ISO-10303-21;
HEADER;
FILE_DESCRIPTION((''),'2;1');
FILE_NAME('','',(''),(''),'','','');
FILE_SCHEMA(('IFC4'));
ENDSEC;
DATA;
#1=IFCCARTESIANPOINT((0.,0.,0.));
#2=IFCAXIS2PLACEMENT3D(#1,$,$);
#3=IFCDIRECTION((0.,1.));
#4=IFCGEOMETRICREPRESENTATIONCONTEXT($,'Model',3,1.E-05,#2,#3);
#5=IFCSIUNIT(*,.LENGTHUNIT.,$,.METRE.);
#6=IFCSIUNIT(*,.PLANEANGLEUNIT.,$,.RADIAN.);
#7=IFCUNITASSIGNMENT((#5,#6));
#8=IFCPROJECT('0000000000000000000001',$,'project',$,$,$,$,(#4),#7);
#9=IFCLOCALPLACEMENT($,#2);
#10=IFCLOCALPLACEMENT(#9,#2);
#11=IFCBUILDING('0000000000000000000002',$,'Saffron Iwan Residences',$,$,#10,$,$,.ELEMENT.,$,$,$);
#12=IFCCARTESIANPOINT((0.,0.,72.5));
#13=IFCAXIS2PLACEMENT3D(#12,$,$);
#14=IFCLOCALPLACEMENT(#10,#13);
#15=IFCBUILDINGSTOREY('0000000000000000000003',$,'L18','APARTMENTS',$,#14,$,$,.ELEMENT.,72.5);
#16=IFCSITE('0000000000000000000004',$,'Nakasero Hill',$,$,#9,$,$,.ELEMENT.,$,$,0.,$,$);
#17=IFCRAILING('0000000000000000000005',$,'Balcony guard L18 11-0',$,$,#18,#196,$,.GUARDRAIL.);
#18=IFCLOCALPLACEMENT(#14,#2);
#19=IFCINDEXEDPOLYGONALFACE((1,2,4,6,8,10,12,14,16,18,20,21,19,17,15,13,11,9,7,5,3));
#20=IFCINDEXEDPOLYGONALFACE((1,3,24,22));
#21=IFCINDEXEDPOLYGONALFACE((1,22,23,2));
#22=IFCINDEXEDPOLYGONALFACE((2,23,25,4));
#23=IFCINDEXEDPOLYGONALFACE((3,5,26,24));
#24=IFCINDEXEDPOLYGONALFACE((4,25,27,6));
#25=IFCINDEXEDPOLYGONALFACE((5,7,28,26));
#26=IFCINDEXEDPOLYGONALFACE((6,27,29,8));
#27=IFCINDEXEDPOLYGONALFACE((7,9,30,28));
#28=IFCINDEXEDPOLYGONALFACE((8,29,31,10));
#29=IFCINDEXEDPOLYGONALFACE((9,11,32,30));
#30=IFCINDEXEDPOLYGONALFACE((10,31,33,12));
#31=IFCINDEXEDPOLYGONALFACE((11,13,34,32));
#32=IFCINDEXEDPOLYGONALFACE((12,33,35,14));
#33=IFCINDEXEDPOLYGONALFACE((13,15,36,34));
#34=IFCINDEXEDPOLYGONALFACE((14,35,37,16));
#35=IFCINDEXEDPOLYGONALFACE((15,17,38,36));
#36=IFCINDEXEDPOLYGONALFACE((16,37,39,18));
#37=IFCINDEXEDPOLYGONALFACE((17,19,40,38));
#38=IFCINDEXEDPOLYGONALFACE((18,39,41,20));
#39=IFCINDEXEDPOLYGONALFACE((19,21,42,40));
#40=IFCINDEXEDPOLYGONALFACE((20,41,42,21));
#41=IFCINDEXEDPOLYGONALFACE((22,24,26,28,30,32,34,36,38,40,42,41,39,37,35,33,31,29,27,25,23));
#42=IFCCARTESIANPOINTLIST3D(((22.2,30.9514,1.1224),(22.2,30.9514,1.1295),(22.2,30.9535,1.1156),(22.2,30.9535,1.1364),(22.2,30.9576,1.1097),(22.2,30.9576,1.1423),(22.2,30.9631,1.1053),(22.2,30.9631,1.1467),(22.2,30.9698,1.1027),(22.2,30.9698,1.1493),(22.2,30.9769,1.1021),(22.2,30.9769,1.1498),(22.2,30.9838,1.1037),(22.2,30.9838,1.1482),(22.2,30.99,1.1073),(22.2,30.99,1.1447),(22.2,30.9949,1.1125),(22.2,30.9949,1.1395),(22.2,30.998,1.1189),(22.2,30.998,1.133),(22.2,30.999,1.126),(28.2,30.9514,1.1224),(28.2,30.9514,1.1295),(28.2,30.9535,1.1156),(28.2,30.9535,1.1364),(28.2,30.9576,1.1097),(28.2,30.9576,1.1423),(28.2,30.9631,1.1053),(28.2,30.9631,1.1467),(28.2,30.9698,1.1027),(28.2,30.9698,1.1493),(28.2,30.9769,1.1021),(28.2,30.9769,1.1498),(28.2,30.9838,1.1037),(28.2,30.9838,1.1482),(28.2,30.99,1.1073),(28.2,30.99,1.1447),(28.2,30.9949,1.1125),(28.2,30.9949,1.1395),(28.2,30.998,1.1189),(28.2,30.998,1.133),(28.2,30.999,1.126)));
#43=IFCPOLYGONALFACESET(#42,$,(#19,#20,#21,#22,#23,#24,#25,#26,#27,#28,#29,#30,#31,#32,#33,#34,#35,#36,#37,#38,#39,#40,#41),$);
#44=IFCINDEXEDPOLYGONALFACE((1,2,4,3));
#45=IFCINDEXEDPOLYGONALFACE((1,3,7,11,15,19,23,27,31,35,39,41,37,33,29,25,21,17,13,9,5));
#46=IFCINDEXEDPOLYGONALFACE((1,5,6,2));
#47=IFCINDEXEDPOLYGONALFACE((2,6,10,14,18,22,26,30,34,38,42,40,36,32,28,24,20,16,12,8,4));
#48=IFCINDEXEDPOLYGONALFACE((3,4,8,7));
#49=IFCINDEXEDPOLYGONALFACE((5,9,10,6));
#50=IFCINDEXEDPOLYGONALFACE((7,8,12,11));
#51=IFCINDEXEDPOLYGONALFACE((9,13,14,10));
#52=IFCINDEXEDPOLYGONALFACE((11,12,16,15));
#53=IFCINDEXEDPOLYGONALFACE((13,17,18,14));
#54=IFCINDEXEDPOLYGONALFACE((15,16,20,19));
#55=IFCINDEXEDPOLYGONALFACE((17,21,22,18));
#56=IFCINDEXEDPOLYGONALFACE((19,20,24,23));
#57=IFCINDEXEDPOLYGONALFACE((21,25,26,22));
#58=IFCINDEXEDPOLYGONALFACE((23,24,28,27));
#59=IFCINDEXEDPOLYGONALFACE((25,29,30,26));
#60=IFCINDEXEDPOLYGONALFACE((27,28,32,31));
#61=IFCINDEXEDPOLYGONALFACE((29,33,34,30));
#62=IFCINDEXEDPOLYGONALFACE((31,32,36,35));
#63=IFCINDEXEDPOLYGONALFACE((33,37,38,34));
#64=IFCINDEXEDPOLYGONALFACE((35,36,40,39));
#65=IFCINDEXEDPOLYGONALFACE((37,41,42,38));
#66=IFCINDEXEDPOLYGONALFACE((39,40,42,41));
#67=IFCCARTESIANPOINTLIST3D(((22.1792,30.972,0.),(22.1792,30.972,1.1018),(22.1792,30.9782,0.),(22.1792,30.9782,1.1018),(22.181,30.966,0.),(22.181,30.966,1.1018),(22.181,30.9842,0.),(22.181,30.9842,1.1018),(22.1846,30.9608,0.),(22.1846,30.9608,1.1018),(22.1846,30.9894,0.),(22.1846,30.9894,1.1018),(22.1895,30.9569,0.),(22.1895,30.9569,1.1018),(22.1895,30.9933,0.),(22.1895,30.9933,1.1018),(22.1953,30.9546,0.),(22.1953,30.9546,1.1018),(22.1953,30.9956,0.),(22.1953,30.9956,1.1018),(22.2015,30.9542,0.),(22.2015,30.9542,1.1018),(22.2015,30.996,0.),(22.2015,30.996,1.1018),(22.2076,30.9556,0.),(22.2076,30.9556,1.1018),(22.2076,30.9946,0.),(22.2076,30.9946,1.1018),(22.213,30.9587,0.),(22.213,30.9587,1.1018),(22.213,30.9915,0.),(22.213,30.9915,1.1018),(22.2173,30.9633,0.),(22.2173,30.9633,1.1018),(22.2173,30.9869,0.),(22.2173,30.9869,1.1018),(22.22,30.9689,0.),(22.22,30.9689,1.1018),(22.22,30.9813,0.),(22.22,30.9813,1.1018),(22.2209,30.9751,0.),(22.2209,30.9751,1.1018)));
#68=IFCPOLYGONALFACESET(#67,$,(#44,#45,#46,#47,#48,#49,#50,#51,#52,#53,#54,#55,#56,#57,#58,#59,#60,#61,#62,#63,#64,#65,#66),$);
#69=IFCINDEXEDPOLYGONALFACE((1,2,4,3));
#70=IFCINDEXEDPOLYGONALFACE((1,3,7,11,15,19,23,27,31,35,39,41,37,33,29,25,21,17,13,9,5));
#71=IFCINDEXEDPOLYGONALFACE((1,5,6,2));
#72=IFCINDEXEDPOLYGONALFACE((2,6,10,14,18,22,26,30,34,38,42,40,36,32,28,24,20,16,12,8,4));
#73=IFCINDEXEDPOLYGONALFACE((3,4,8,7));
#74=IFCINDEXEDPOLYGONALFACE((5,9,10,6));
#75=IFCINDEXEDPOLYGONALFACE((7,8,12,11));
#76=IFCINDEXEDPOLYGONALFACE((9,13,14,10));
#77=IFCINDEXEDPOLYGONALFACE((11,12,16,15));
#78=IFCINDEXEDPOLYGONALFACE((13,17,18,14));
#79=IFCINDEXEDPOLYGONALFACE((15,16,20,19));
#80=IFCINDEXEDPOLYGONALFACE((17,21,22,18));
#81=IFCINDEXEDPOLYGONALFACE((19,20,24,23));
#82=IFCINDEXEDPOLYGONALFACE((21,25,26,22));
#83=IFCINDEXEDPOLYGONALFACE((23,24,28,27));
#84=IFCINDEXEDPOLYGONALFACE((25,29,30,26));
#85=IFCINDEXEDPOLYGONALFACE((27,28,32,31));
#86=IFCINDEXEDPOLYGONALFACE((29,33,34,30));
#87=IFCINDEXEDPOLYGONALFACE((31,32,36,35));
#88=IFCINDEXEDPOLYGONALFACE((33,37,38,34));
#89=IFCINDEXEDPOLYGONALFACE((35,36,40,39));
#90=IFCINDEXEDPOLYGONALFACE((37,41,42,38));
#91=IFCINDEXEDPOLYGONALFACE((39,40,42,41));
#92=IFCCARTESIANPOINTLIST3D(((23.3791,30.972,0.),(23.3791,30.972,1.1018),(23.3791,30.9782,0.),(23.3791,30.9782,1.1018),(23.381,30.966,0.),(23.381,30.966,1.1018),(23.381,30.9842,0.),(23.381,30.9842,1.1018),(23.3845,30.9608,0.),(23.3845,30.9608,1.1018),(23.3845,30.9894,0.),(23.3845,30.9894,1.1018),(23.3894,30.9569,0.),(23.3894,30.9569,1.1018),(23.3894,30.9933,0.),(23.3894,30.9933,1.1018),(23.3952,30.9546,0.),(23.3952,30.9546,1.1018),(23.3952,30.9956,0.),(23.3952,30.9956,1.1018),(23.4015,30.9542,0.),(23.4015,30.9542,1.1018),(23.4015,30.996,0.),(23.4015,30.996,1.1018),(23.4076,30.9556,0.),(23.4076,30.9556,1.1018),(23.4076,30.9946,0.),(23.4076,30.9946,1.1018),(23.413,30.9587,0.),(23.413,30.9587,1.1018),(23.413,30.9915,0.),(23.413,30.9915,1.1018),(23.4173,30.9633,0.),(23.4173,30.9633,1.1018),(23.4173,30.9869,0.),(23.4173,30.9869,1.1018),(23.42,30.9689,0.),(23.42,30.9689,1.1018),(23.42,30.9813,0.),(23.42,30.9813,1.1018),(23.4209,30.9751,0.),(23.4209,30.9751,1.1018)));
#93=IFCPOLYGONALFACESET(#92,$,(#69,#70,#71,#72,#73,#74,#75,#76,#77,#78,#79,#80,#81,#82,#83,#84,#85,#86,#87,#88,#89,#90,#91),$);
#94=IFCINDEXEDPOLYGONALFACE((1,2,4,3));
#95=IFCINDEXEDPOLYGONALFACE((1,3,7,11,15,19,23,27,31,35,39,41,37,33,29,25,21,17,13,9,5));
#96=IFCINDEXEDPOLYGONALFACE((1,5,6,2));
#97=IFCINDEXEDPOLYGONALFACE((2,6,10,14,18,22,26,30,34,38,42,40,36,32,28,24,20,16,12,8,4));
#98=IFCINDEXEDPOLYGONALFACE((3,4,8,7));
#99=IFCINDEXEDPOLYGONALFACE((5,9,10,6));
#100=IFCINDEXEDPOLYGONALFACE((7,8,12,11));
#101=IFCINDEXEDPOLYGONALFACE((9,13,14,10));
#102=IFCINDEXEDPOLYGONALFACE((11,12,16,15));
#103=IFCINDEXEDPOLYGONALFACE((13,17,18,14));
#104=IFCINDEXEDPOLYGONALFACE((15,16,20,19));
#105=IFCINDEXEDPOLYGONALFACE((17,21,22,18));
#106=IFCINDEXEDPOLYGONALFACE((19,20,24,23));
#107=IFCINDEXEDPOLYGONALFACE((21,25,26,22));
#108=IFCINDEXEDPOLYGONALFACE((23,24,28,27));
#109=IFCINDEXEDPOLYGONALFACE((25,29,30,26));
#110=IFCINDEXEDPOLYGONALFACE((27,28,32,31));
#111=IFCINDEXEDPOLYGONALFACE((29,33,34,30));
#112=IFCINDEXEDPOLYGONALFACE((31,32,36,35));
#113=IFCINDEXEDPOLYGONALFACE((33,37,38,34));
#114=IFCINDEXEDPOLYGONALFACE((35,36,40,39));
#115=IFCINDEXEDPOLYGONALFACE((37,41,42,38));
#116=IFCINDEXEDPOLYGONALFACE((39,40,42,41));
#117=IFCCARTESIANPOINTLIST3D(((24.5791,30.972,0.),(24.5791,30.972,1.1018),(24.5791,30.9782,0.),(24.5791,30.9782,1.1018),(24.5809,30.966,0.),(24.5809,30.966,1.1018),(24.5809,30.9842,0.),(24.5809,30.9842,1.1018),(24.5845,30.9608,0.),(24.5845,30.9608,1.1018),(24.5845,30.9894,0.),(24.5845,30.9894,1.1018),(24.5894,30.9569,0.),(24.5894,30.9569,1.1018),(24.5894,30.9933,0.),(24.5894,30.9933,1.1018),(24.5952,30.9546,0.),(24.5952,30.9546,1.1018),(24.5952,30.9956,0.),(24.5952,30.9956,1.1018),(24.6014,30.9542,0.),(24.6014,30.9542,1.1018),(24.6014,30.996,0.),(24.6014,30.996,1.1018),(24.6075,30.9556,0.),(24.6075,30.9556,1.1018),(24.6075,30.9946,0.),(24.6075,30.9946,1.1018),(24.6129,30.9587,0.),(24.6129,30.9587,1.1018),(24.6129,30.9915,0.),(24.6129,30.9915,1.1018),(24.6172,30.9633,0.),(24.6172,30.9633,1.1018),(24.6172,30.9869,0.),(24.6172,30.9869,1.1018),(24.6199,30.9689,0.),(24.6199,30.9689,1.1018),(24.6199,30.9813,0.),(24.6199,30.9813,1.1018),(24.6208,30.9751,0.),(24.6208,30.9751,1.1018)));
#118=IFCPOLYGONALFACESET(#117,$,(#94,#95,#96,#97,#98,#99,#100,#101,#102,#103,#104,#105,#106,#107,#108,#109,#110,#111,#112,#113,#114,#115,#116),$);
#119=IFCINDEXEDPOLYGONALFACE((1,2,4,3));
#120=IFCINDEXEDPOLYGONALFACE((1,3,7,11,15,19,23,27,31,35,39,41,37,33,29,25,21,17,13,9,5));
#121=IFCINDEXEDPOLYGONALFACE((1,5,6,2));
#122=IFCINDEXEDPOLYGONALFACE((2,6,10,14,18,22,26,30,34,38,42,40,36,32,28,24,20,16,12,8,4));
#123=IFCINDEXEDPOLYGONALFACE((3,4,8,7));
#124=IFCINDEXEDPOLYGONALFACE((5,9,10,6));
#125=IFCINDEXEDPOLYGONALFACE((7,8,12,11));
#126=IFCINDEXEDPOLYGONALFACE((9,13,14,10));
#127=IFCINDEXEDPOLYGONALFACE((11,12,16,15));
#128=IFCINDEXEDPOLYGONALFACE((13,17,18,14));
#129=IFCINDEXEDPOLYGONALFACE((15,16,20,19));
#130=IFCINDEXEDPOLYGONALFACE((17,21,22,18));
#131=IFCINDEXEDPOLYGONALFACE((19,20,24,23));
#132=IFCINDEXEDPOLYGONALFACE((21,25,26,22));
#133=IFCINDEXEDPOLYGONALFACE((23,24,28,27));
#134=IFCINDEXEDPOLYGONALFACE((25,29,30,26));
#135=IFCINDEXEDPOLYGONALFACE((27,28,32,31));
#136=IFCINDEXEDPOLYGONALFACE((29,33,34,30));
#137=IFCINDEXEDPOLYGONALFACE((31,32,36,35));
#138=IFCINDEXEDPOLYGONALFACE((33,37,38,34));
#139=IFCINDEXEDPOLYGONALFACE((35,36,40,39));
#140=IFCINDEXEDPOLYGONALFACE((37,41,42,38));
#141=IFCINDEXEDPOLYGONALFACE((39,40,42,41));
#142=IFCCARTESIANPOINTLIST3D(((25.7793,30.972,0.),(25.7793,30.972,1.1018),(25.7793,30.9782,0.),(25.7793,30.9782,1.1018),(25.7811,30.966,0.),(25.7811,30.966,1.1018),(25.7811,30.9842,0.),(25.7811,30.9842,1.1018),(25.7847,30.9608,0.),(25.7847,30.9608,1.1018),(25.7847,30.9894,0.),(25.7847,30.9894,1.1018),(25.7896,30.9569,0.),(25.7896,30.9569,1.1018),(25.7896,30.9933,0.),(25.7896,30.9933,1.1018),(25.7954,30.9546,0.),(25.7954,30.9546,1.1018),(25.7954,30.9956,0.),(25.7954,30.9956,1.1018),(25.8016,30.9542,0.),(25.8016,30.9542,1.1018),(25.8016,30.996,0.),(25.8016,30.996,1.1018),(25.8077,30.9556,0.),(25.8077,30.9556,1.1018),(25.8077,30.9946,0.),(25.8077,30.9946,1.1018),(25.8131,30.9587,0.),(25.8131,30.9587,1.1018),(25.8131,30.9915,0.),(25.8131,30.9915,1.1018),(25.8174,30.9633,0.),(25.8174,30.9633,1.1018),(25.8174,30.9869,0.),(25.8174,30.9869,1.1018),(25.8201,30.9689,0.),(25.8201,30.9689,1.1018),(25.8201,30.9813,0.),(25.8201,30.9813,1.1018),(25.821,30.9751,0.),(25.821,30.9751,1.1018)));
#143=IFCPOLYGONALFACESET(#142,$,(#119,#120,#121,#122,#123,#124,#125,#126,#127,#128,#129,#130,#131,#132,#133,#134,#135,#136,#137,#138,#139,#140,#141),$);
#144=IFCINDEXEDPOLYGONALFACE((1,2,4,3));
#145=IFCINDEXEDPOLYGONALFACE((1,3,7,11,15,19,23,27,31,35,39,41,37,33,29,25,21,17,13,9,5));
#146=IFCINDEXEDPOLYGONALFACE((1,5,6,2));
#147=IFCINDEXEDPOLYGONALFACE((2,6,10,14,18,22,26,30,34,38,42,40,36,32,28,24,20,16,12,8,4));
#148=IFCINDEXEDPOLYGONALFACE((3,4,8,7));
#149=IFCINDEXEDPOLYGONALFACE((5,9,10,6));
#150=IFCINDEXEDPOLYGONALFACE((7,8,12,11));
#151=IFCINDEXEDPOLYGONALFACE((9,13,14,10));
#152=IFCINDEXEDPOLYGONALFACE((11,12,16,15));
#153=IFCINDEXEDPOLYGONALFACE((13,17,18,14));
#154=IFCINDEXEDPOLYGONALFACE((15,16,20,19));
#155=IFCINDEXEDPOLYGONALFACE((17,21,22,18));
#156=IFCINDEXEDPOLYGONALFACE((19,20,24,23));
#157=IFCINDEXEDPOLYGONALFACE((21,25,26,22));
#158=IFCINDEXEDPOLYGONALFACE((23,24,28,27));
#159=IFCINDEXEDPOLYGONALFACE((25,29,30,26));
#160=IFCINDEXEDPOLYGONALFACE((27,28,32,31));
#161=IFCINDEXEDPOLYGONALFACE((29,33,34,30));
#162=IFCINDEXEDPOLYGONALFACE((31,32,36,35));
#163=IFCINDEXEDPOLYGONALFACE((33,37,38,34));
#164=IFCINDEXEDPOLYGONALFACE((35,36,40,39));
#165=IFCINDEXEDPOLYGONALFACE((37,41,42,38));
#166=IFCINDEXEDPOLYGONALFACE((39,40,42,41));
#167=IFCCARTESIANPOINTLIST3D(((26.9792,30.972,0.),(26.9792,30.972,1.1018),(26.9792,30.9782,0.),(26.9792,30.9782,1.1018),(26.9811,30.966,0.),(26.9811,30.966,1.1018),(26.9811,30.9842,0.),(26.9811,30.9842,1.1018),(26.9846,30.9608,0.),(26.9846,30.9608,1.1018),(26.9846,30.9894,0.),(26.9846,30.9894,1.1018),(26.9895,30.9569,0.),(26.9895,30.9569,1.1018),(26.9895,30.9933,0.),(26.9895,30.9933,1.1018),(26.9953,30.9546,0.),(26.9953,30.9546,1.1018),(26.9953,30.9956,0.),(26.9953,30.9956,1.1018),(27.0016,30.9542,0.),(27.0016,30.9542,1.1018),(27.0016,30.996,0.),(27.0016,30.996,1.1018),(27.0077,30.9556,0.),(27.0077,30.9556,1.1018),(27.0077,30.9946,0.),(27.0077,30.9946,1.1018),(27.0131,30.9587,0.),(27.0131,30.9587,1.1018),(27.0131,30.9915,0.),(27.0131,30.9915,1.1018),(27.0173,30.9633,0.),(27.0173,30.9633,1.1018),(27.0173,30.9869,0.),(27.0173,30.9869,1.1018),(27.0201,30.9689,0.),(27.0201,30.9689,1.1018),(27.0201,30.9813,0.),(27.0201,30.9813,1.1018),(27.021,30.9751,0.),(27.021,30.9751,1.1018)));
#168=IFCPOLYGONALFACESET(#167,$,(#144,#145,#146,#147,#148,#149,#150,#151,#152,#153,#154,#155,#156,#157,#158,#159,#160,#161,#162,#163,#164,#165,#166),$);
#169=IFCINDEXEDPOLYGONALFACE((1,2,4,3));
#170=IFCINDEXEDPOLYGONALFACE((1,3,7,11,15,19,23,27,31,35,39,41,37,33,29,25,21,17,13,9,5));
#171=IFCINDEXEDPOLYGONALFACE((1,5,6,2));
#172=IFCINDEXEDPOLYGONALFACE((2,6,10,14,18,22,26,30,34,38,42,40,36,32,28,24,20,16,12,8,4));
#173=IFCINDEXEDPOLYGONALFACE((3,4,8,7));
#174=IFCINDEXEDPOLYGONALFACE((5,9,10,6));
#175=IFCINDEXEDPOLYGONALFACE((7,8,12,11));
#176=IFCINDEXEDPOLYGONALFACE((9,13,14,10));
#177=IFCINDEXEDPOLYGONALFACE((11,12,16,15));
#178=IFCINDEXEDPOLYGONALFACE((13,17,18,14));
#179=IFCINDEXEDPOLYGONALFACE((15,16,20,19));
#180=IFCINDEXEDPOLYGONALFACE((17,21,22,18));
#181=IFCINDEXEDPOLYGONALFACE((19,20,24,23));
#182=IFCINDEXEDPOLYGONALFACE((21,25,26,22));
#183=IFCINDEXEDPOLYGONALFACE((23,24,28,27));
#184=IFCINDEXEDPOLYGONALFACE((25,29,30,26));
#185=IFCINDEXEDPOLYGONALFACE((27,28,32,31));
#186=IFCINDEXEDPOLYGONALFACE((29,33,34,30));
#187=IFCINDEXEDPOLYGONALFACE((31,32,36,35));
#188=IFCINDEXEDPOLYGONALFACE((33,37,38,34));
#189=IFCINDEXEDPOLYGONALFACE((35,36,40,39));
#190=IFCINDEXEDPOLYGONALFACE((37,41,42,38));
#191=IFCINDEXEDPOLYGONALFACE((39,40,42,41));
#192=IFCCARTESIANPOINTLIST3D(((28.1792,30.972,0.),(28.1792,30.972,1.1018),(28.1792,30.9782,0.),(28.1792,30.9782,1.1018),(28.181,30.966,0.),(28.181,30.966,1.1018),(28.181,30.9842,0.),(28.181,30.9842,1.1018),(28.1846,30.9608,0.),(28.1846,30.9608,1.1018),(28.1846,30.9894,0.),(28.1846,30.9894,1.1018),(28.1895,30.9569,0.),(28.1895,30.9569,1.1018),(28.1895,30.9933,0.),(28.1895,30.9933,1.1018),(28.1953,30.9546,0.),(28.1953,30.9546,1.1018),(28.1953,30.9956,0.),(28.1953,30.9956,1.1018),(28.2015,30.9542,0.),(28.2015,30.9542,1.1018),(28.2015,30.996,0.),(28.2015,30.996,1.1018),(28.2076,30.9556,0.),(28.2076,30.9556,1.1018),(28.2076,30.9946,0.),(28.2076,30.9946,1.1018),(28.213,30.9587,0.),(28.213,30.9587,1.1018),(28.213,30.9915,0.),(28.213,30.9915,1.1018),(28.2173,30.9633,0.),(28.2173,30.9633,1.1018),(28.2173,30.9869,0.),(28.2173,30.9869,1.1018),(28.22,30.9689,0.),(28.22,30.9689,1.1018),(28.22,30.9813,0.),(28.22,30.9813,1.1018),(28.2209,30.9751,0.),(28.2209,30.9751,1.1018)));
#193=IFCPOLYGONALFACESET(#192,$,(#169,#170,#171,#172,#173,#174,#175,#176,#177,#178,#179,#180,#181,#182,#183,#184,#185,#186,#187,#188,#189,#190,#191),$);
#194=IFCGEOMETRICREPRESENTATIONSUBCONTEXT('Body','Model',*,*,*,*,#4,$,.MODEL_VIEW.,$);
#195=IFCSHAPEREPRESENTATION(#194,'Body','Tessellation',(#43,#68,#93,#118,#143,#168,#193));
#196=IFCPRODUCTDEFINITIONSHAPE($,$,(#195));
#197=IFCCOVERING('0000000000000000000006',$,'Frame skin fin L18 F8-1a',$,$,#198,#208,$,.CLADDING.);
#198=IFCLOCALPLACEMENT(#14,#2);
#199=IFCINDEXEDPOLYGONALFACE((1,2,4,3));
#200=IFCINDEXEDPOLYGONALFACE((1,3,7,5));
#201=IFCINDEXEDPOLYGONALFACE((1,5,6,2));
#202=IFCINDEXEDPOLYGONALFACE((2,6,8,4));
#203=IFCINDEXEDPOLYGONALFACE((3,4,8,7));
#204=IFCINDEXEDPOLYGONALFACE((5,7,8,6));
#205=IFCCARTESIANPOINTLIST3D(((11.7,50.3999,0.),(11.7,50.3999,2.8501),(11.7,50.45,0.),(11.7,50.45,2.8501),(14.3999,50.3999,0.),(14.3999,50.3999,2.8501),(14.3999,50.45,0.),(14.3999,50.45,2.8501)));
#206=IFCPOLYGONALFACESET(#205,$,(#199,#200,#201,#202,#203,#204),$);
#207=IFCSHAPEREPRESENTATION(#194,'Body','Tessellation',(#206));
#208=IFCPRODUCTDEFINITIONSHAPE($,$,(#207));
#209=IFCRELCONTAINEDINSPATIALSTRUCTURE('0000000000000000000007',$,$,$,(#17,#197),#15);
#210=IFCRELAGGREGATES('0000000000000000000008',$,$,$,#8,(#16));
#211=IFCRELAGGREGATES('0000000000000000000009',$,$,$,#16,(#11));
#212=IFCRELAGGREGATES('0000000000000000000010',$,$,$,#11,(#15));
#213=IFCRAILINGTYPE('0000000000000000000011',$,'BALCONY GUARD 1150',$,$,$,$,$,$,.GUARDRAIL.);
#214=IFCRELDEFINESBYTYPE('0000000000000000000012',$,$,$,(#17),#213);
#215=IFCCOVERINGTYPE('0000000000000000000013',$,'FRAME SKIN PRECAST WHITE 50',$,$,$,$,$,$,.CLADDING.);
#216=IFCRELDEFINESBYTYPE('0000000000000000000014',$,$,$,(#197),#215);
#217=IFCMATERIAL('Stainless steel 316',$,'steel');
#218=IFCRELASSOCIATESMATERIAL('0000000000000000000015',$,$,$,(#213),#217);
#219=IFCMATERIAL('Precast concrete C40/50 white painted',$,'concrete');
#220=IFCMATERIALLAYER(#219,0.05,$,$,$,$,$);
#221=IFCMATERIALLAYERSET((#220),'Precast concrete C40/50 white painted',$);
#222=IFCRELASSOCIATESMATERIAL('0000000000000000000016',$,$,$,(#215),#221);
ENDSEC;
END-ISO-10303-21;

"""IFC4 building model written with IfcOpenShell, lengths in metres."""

from ifc_helpers import new_model, si_unit, direction, frame, origin, origin_2d, place, context, subcontext, project, spatial, polyline, circle, outline, extrude, material, layer, layer_set, type_object, element, save


model = new_model("IFC4")

# Units and contexts
model_context = context("Model", 3, precision=1e-05, world=origin(), true_north=direction((0.0, 1.0)))
body_context = subcontext(model_context, "Body", "Model", "MODEL_VIEW")
ifc_project = project(units=[si_unit("LENGTHUNIT", "METRE"), si_unit("PLANEANGLEUNIT", "RADIAN")], contexts=[model_context])

# Site, building, storey
site_placement = place(None, origin())
site = spatial("IfcSite", under=ifc_project, at=site_placement, Name="Nakasero Hill", CompositionType="ELEMENT", RefElevation=0.0)
building_placement = place(site_placement, origin())
building = spatial("IfcBuilding", under=site, at=building_placement, Name="Saffron Iwan Residences", CompositionType="ELEMENT")
storey_placement = place(building_placement, frame((0.0, 0.0, 72.5)))
storey = spatial("IfcBuildingStorey", under=building, at=storey_placement, Name="L18", Description="APARTMENTS", CompositionType="ELEMENT", Elevation=72.5)

# Railing
ifc_material_1 = material(Name="Stainless steel 316", Category="steel")
railing_type = type_object("IfcRailingType", Name="BALCONY GUARD 1150", PredefinedType="GUARDRAIL", material=ifc_material_1)
railing_placement = place(storey_placement, frame((22.2, 30.9751, 0.0)))
element("IfcRailing", 1, at=railing_placement, inside=storey, type_object=railing_type, Name="Balcony guard L18 11-0", PredefinedType="GUARDRAIL", context=body_context, shape_type="SweptSolid", body=[
    extrude(circle(Radius=0.0239, at=origin_2d()), frame((0.0, 0.0, 1.126), z_axis=(1.0, 0.0, 0.0), x_axis=(0.0, 1.0, 0.0)), (0.0, 0.0, 1.0), 6.0),
    extrude(circle(Radius=0.021, at=origin_2d()), origin(), (0.0, 0.0, 1.0), 1.1018),
    extrude(circle(Radius=0.021, at=origin_2d()), frame((1.2, 0.0, 0.0)), (0.0, 0.0, 1.0), 1.1018),
    extrude(circle(Radius=0.021, at=origin_2d()), frame((2.3999, 0.0, 0.0)), (0.0, 0.0, 1.0), 1.1018),
    extrude(circle(Radius=0.021, at=origin_2d()), frame((3.6001, 0.0, 0.0)), (0.0, 0.0, 1.0), 1.1018),
    extrude(circle(Radius=0.021, at=origin_2d()), frame((4.8, 0.0, 0.0)), (0.0, 0.0, 1.0), 1.1018),
    extrude(circle(Radius=0.021, at=origin_2d()), frame((6.0, 0.0, 0.0)), (0.0, 0.0, 1.0), 1.1018),
])

# Covering
ifc_material_2 = material(Name="Precast concrete C40/50 white painted", Category="concrete")
ifc_layer_1 = layer(ifc_material_2, 0.05)
ifc_layer_set_1 = layer_set([ifc_layer_1], Name="Precast concrete C40/50 white painted")
covering_type_1 = type_object("IfcCoveringType", Name="FRAME SKIN PRECAST WHITE 50", PredefinedType="CLADDING", material=ifc_layer_set_1)
covering_1_placement = place(storey_placement, origin())
element("IfcCovering", 2, at=covering_1_placement, inside=storey, type_object=covering_type_1, Name="Frame skin fin L18 F8-1a", PredefinedType="CLADDING", context=body_context, shape_type="SweptSolid", body=[
    extrude(outline(polyline([(11.7, 50.45), (11.7, 50.3999), (14.3999, 50.3999), (14.3999, 50.45), (11.7, 50.45)])), origin(), (0.0, 0.0, 1.0), 2.8501),
])

save(model, "model.ifc")
